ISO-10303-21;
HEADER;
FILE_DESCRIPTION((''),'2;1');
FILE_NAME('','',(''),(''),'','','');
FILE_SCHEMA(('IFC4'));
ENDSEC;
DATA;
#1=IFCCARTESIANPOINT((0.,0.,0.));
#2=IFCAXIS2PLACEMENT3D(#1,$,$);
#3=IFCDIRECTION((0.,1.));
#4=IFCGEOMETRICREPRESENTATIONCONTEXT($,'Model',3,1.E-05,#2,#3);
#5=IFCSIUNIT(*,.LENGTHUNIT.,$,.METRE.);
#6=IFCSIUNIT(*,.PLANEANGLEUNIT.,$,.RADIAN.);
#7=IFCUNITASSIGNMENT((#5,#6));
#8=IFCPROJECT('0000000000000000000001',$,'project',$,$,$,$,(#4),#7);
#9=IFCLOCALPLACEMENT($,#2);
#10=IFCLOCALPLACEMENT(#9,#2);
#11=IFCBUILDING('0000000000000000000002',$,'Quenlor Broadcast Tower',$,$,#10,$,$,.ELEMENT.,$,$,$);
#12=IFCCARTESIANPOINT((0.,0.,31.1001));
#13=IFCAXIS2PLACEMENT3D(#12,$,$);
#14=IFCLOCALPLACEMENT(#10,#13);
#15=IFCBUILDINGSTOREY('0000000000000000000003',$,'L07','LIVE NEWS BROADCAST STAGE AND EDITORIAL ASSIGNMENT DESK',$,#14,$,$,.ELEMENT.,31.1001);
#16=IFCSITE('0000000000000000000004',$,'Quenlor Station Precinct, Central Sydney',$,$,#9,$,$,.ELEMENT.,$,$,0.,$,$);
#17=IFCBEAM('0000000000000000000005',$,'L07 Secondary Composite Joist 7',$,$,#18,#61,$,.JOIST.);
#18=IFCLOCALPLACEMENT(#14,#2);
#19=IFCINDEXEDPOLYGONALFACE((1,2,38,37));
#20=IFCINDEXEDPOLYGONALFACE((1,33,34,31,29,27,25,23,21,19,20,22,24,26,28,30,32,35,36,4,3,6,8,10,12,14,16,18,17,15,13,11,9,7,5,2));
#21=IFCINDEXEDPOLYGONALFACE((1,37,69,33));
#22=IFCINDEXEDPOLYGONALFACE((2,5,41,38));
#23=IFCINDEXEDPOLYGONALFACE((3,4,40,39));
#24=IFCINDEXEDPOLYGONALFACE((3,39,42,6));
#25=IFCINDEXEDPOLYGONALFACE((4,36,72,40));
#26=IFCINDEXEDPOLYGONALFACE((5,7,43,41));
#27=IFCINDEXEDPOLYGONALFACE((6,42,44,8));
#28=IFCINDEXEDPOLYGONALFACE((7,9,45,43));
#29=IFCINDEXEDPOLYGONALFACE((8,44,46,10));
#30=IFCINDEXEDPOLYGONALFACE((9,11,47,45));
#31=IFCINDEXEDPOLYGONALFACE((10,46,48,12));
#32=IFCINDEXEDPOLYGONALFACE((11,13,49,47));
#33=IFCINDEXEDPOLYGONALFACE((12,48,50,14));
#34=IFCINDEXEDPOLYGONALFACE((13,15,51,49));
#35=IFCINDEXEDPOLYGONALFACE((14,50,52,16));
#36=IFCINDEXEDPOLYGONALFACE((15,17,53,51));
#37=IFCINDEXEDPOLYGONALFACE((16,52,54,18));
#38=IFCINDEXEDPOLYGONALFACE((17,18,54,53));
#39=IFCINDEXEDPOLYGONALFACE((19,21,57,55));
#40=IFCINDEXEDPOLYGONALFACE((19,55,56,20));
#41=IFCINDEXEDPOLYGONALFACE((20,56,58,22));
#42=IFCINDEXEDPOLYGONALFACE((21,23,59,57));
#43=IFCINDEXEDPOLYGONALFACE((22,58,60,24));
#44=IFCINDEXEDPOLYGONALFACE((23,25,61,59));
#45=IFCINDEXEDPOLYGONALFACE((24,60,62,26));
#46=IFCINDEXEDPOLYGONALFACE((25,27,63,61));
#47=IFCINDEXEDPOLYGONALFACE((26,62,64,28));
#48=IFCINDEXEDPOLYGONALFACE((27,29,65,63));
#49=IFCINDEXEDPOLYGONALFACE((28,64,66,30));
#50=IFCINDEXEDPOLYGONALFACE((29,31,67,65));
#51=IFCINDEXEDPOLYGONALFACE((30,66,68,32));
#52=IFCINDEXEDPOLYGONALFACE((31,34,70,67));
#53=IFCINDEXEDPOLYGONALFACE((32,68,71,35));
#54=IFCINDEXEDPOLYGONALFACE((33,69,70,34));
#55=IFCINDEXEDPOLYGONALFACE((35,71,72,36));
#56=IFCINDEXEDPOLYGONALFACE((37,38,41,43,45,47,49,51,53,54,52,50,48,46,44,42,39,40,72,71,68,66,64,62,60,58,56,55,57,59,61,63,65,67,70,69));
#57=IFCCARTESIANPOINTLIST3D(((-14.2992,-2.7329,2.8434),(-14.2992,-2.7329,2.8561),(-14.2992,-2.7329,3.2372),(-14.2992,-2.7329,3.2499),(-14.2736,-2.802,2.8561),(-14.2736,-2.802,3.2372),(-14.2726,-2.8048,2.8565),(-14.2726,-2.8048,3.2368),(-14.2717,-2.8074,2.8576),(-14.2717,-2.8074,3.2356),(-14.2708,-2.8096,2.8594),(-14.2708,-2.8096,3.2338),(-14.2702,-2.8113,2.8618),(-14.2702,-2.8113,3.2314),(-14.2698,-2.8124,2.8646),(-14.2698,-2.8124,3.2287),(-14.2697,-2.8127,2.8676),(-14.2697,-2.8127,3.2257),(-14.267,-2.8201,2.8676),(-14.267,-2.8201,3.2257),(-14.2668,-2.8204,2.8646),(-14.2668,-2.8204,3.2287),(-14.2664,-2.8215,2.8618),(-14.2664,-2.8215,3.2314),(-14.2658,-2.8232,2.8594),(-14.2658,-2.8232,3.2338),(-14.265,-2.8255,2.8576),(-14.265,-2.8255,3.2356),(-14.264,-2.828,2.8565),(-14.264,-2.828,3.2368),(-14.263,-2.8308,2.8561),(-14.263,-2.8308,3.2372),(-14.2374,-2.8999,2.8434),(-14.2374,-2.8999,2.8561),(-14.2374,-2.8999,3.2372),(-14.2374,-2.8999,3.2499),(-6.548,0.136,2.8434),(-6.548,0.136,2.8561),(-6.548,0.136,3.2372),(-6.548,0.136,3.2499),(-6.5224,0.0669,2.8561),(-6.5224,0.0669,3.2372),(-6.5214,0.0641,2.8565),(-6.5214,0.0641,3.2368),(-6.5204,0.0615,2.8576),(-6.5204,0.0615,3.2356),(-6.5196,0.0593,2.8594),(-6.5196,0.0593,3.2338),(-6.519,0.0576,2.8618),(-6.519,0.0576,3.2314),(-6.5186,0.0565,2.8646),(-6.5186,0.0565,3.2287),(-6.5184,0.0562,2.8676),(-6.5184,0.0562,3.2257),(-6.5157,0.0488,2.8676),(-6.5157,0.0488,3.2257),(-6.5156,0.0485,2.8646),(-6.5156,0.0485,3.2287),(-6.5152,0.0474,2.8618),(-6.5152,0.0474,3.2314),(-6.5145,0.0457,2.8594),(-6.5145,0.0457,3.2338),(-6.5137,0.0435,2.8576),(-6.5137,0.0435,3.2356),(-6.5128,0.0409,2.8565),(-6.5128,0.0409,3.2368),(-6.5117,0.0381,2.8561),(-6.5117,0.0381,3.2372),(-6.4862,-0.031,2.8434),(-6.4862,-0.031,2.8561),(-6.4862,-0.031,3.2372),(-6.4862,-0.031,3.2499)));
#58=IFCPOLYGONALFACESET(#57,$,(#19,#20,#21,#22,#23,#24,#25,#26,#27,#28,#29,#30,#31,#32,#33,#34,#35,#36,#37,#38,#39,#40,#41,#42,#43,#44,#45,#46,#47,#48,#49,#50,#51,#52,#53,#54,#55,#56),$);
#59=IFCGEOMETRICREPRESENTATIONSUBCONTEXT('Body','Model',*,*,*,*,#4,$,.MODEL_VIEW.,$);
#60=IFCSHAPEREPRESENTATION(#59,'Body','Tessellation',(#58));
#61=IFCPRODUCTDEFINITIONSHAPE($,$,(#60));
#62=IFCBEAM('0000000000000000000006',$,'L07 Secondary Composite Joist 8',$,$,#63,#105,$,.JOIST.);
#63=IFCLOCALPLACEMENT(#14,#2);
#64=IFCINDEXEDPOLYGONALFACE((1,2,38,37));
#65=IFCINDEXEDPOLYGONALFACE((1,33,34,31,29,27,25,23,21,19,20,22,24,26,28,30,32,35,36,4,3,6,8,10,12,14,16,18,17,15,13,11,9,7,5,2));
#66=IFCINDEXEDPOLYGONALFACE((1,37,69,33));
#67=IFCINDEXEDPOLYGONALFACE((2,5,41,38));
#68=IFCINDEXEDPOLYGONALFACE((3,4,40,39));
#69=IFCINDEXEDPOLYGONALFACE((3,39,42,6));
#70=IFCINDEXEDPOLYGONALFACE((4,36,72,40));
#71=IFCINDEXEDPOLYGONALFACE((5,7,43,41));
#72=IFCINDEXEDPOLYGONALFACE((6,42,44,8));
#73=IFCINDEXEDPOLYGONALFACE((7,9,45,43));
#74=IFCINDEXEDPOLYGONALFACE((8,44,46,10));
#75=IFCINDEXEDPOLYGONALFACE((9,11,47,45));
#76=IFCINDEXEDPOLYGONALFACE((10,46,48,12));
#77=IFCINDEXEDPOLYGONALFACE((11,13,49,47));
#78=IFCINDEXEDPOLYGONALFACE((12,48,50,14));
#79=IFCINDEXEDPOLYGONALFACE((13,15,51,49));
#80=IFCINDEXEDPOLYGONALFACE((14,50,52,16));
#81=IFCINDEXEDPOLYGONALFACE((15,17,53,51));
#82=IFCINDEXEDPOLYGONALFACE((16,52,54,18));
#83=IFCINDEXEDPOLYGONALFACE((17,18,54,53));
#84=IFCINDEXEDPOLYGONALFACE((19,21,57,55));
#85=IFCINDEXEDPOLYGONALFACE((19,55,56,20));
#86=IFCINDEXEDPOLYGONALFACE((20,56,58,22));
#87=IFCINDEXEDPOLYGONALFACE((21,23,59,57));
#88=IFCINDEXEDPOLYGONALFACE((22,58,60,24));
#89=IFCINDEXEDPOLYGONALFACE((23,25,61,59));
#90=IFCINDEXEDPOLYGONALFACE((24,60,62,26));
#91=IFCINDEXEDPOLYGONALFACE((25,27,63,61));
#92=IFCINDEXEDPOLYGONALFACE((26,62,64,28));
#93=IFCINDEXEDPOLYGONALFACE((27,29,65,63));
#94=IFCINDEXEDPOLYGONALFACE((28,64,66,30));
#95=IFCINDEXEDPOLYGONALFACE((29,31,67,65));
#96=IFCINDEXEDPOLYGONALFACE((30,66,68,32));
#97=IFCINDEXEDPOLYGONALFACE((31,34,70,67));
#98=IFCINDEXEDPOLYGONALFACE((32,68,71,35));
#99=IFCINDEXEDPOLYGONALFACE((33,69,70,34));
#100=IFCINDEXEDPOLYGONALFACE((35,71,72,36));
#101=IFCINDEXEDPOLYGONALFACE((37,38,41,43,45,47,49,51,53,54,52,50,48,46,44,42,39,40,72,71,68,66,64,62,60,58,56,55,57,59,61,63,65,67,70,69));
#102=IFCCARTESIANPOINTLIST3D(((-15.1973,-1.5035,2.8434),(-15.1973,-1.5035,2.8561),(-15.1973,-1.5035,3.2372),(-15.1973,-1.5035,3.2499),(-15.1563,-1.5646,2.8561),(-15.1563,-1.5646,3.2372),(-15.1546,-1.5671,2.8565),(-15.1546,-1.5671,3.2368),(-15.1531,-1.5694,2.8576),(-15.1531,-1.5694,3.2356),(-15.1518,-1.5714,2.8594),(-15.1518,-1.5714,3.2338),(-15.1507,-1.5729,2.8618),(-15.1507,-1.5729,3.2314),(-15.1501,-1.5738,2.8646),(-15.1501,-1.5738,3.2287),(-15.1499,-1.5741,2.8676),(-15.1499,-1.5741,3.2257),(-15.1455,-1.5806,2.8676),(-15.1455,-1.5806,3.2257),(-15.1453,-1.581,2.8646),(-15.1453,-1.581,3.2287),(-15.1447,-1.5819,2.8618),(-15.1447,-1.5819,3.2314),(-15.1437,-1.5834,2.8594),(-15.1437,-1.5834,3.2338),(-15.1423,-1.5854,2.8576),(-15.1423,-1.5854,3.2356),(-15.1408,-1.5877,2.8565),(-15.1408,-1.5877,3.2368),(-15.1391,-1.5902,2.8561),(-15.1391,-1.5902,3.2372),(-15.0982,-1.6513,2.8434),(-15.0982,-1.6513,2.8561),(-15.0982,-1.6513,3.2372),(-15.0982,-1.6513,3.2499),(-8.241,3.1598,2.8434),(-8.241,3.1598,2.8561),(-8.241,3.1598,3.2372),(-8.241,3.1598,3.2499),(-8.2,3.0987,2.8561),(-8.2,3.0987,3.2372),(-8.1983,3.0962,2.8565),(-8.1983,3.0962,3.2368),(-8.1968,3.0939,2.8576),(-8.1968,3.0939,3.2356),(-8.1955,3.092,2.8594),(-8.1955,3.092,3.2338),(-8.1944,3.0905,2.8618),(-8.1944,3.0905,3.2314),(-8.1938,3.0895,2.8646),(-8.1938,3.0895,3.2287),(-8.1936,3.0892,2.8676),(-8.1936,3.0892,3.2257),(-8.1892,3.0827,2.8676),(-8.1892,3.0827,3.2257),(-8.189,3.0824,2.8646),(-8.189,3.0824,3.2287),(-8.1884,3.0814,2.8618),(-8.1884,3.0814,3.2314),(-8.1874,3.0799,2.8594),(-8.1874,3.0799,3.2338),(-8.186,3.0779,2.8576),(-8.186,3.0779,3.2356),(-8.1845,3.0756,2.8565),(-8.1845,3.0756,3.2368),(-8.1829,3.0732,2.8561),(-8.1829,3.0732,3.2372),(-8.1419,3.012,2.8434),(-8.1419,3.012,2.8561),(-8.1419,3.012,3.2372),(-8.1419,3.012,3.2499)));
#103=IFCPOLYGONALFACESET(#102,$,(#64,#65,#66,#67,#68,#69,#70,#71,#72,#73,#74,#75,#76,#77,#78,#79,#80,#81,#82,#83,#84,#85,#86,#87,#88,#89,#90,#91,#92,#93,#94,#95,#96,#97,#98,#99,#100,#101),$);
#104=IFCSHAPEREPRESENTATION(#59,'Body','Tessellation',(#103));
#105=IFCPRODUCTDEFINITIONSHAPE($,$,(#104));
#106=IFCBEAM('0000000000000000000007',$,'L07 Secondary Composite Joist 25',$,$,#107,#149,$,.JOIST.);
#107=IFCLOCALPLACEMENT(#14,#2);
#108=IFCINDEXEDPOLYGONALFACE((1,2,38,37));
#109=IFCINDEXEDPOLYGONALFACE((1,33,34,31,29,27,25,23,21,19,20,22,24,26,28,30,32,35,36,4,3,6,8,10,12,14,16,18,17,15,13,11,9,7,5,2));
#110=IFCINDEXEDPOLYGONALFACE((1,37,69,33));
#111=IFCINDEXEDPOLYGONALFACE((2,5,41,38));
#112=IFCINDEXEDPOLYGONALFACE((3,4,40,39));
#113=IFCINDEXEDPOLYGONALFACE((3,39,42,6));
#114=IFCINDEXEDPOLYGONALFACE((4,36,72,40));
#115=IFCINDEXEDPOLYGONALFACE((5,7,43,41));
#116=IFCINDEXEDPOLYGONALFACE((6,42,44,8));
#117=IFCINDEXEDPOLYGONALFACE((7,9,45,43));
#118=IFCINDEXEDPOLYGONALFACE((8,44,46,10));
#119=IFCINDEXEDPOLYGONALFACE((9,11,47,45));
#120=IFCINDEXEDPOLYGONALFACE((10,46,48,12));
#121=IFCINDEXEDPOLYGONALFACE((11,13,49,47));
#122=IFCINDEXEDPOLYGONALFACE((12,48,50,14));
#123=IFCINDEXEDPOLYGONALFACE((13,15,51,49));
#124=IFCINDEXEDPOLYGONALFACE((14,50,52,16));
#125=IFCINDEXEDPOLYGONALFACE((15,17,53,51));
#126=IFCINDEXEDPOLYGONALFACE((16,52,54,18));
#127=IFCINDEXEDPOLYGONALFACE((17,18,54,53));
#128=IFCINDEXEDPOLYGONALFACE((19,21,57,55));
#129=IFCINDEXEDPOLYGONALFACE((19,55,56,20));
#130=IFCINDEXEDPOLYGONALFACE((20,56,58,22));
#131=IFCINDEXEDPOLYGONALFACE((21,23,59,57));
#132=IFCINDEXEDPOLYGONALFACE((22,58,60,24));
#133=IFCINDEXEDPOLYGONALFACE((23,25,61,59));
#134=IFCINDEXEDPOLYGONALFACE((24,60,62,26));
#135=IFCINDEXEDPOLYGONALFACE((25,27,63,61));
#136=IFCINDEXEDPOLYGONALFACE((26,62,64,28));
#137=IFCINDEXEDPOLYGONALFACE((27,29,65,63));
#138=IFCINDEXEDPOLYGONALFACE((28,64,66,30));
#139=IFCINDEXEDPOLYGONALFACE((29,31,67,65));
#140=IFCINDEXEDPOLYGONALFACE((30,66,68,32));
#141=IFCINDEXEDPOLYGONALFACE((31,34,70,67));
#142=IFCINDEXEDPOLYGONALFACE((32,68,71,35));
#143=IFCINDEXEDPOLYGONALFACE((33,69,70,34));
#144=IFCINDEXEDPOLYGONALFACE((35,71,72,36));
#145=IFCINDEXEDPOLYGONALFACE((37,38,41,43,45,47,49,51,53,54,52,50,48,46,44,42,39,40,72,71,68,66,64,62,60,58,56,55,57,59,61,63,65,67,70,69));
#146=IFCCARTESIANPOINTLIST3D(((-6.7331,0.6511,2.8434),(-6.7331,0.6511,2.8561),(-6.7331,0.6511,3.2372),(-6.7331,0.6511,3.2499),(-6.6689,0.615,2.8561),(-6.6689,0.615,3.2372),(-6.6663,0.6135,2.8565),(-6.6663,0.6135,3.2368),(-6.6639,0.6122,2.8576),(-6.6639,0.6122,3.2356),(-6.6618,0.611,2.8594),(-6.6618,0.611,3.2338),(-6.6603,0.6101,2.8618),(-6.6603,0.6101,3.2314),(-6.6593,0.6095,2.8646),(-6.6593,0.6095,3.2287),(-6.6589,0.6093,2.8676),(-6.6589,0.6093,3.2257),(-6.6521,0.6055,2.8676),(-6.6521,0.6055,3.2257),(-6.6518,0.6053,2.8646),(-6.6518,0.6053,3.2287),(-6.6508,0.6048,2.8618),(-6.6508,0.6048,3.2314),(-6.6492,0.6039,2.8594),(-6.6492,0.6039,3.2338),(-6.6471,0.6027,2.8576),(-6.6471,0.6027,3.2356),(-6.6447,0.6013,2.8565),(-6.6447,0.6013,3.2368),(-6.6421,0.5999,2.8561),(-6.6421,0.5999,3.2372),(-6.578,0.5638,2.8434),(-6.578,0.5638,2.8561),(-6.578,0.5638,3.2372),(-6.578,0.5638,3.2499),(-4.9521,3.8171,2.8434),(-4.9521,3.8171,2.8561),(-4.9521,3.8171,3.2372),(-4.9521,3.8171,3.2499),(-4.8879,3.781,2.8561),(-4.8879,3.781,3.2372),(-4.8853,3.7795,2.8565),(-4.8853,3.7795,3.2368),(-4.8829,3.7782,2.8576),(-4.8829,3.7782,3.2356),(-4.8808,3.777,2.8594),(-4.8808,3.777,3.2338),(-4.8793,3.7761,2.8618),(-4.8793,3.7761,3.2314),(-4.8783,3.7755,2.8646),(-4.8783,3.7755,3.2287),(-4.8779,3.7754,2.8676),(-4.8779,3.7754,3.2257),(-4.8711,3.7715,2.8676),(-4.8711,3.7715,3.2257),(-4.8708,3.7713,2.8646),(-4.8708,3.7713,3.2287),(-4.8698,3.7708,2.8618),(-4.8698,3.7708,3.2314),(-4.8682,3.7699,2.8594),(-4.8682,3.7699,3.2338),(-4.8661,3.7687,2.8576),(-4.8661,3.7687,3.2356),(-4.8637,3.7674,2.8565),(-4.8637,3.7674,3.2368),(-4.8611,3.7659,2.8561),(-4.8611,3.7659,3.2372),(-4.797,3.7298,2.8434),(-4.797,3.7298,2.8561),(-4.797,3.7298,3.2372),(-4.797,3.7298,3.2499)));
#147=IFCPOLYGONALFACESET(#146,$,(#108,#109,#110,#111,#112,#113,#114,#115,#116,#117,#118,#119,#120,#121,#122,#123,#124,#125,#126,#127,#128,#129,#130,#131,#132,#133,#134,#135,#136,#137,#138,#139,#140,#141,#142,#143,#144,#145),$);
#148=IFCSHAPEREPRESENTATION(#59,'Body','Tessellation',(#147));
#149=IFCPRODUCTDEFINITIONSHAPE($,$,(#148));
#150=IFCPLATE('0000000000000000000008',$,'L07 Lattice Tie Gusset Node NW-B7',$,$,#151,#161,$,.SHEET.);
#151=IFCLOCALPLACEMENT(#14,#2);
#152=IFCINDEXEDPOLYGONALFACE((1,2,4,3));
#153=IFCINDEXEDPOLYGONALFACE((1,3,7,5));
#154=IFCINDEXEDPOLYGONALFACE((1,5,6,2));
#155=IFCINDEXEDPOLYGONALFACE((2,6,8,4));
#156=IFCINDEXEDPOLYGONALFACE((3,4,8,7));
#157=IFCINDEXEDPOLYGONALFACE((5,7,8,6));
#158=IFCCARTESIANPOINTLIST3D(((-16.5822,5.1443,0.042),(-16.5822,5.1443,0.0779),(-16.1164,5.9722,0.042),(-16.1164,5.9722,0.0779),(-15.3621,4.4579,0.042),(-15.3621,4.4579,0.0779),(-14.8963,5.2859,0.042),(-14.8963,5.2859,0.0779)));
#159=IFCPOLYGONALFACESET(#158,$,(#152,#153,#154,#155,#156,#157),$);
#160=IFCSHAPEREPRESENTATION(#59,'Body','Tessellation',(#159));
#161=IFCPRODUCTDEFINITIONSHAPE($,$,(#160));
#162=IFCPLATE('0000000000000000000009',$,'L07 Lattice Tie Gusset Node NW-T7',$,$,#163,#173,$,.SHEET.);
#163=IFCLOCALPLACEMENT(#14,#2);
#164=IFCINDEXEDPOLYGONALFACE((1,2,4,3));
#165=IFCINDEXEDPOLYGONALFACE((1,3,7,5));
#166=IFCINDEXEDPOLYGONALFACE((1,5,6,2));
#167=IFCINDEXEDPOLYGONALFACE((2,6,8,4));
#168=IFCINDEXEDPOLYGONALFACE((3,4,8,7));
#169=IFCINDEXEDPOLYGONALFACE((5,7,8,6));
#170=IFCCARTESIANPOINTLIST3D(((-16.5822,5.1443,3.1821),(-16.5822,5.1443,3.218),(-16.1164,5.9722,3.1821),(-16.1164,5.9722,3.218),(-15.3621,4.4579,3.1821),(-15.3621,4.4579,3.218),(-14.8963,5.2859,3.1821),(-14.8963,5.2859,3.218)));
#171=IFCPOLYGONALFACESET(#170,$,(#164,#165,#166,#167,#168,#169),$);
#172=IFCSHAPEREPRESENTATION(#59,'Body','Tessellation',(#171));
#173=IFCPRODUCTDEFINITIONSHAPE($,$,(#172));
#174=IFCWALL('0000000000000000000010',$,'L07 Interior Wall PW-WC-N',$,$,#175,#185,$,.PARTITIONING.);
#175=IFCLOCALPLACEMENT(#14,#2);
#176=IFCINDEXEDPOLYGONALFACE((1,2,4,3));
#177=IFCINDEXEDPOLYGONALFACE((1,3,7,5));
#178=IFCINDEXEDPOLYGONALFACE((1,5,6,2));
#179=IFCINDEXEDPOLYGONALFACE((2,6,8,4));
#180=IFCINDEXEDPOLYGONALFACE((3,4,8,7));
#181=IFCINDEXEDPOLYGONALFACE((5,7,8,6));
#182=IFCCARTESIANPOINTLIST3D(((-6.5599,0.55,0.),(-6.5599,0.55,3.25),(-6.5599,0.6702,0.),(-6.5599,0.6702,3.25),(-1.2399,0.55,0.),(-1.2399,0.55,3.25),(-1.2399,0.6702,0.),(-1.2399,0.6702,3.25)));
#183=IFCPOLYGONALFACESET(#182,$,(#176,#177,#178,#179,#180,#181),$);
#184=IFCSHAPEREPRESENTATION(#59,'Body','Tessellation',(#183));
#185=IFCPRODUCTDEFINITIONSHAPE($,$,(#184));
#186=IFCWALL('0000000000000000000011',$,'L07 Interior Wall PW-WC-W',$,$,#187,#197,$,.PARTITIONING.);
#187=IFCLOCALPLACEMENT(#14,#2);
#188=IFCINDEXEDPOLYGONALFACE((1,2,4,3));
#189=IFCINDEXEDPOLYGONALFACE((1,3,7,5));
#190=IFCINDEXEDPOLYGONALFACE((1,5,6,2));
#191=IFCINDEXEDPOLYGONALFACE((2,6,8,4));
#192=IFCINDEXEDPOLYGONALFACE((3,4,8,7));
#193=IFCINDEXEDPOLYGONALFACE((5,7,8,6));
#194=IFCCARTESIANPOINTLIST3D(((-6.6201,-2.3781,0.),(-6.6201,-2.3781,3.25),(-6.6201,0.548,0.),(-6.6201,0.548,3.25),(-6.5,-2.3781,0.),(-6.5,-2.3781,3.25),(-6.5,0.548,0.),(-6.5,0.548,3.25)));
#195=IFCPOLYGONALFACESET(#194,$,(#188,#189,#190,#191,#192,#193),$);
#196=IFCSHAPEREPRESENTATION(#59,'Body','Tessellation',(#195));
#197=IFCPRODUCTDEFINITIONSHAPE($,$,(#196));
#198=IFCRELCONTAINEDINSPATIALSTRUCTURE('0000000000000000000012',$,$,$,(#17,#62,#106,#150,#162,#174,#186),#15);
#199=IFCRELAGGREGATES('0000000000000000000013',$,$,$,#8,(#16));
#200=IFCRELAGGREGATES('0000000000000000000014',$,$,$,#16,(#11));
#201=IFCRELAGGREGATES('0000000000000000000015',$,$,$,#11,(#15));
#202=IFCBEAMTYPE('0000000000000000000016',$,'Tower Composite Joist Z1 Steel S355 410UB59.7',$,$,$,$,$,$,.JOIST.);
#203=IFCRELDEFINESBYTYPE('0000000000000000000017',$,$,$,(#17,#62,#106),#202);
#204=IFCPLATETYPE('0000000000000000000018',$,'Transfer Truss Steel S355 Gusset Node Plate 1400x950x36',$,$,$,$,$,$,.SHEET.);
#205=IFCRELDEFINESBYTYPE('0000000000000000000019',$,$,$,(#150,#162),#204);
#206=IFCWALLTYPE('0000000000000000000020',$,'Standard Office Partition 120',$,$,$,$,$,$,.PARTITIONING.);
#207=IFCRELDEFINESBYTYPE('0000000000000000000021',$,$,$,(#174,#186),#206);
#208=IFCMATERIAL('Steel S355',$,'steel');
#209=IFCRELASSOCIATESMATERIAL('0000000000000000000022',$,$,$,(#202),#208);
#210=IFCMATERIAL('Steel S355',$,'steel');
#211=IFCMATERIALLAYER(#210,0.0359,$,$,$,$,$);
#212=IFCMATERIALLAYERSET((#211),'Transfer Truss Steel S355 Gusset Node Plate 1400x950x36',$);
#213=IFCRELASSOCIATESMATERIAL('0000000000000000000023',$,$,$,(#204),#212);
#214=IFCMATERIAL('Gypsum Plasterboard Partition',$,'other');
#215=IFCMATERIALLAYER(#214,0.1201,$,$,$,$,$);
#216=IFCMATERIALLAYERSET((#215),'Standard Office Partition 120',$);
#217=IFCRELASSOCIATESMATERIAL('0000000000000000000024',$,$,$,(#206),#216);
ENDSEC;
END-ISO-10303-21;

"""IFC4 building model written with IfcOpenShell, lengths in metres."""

from ifc_helpers import new_model, si_unit, direction, frame, frame_2d, origin, origin_2d, place, context, subcontext, project, spatial, rectangle, i_section, extrude, material, layer, layer_set, material_profile, profile_set, type_object, element, save


model = new_model("IFC4")

# Units and contexts
model_context = context("Model", 3, precision=1e-05, world=origin(), true_north=direction((0.0, 1.0)))
body_context = subcontext(model_context, "Body", "Model", "MODEL_VIEW")
ifc_project = project(units=[si_unit("LENGTHUNIT", "METRE"), si_unit("PLANEANGLEUNIT", "RADIAN")], contexts=[model_context])

# Site, building, storey
site_placement = place(None, origin())
site = spatial("IfcSite", under=ifc_project, at=site_placement, Name="Quenlor Station Precinct, Central Sydney", CompositionType="ELEMENT", RefElevation=0.0)
building_placement = place(site_placement, origin())
building = spatial("IfcBuilding", under=site, at=building_placement, Name="Quenlor Broadcast Tower", CompositionType="ELEMENT")
storey_placement = place(building_placement, frame((0.0, 0.0, 31.1001)))
storey = spatial("IfcBuildingStorey", under=building, at=storey_placement, Name="L07", Description="LIVE NEWS BROADCAST STAGE AND EDITORIAL ASSIGNMENT DESK", CompositionType="ELEMENT", Elevation=31.1001)

# Beams
ifc_material_1 = material(Name="Steel S355", Category="steel")
ifc_material_profile = material_profile(ifc_material_1, i_section(OverallWidth=0.178, OverallDepth=0.4065, WebThickness=0.0078, FlangeThickness=0.0127, FilletRadius=0.0115, at=origin_2d()))
ifc_profile_set = profile_set([ifc_material_profile], Name="Steel S355 410UB59.7")
beam_type = type_object("IfcBeamType", Name="Tower Composite Joist Z1 Steel S355 410UB59.7", PredefinedType="JOIST", material=ifc_profile_set)
beam_1_placement = place(storey_placement, frame((-14.2683, -2.8164, 3.0466), z_axis=(0.937825, 0.347109, 0.0), x_axis=(-0.347109, 0.937825, 0.0)))
element("IfcBeam", 1, at=beam_1_placement, inside=storey, type_object=beam_type, Name="L07 Secondary Composite Joist 7", PredefinedType="JOIST", context=body_context, shape_type="SweptSolid", body=[
    extrude(i_section(OverallWidth=0.178, OverallDepth=0.4065, WebThickness=0.0078, FlangeThickness=0.0127, FilletRadius=0.0115, at=origin_2d()), origin(), (0.0, 0.0, 1.0), 8.2651),
])
beam_2_placement = place(storey_placement, frame((-15.1477, -1.5774, 3.0466), z_axis=(0.830626, 0.556831, 0.0), x_axis=(-0.556831, 0.830626, 0.0)))
element("IfcBeam", 2, at=beam_2_placement, inside=storey, type_object=beam_type, Name="L07 Secondary Composite Joist 8", PredefinedType="JOIST", context=body_context, shape_type="SweptSolid", body=[
    extrude(i_section(OverallWidth=0.178, OverallDepth=0.4065, WebThickness=0.0078, FlangeThickness=0.0127, FilletRadius=0.0115, at=origin_2d()), origin(), (0.0, 0.0, 1.0), 8.3748),
])
beam_3_placement = place(storey_placement, frame((-4.8745, 3.7734, 3.0466), z_axis=(-0.490287, -0.871561, 0.0), x_axis=(0.871561, -0.490287, 0.0)))
element("IfcBeam", 3, at=beam_3_placement, inside=storey, type_object=beam_type, Name="L07 Secondary Composite Joist 25", PredefinedType="JOIST", context=body_context, shape_type="SweptSolid", body=[
    extrude(i_section(OverallWidth=0.178, OverallDepth=0.4065, WebThickness=0.0078, FlangeThickness=0.0127, FilletRadius=0.0115, at=origin_2d()), origin(), (0.0, 0.0, 1.0), 3.6326),
])

# Plates
ifc_material_2 = material(Name="Steel S355", Category="steel")
ifc_layer_1 = layer(ifc_material_2, 0.0359)
ifc_layer_set_1 = layer_set([ifc_layer_1], Name="Transfer Truss Steel S355 Gusset Node Plate 1400x950x36")
plate_type = type_object("IfcPlateType", Name="Transfer Truss Steel S355 Gusset Node Plate 1400x950x36", PredefinedType="SHEET", material=ifc_layer_set_1)
for number, where, z_axis, x_axis, name in (
    (4, (-15.7393, 5.2151, 0.042), (0.0, 0.0, 1.0), (-0.871556, 0.490295, 0.0), "L07 Lattice Tie Gusset Node NW-B7"),
    (5, (-15.7393, 5.2151, 3.1821), (0.0, 0.0, 1.0), (-0.871556, 0.490295, 0.0), "L07 Lattice Tie Gusset Node NW-T7"),
):
    element("IfcPlate", number, at=place(storey_placement, frame(where, z_axis=z_axis, x_axis=x_axis)), inside=storey, type_object=plate_type, Name=name, PredefinedType="SHEET", context=body_context, shape_type="SweptSolid", body=[
        extrude(rectangle(XDim=1.3999, YDim=0.95, at=origin_2d()), origin(), (0.0, 0.0, 1.0), 0.0359),
    ])

# Shared definitions
ifc_material_3 = material(Name="Gypsum Plasterboard Partition", Category="other")
ifc_layer_2 = layer(ifc_material_3, 0.1201)
ifc_layer_set_2 = layer_set([ifc_layer_2], Name="Standard Office Partition 120")
wall_type_1 = type_object("IfcWallType", Name="Standard Office Partition 120", PredefinedType="PARTITIONING", material=ifc_layer_set_2)

# Walls
wall_1_placement = place(storey_placement, frame((-6.5601, 0.6101, 0.0), z_axis=(0.0, 0.0, 1.0), x_axis=(1.0, 0.0, 0.0)))
element("IfcWall", 6, at=wall_1_placement, inside=storey, type_object=wall_type_1, Name="L07 Interior Wall PW-WC-N", PredefinedType="PARTITIONING", context=body_context, shape_type="SweptSolid", body=[
    extrude(rectangle(XDim=5.3201, YDim=0.1201, at=frame_2d((2.6602, 0.0))), origin(), (0.0, 0.0, 1.0), 3.25),
])
wall_2_placement = place(storey_placement, frame((-6.5601, -2.3779, 0.0), z_axis=(0.0, 0.0, 1.0), x_axis=(0.0, 1.0, 0.0)))
element("IfcWall", 7, at=wall_2_placement, inside=storey, type_object=wall_type_1, Name="L07 Interior Wall PW-WC-W", PredefinedType="PARTITIONING", context=body_context, shape_type="SweptSolid", body=[
    extrude(rectangle(XDim=2.926, YDim=0.1201, at=frame_2d((1.4629, 0.0))), origin(), (0.0, 0.0, 1.0), 3.25),
])

save(model, "model.ifc")
